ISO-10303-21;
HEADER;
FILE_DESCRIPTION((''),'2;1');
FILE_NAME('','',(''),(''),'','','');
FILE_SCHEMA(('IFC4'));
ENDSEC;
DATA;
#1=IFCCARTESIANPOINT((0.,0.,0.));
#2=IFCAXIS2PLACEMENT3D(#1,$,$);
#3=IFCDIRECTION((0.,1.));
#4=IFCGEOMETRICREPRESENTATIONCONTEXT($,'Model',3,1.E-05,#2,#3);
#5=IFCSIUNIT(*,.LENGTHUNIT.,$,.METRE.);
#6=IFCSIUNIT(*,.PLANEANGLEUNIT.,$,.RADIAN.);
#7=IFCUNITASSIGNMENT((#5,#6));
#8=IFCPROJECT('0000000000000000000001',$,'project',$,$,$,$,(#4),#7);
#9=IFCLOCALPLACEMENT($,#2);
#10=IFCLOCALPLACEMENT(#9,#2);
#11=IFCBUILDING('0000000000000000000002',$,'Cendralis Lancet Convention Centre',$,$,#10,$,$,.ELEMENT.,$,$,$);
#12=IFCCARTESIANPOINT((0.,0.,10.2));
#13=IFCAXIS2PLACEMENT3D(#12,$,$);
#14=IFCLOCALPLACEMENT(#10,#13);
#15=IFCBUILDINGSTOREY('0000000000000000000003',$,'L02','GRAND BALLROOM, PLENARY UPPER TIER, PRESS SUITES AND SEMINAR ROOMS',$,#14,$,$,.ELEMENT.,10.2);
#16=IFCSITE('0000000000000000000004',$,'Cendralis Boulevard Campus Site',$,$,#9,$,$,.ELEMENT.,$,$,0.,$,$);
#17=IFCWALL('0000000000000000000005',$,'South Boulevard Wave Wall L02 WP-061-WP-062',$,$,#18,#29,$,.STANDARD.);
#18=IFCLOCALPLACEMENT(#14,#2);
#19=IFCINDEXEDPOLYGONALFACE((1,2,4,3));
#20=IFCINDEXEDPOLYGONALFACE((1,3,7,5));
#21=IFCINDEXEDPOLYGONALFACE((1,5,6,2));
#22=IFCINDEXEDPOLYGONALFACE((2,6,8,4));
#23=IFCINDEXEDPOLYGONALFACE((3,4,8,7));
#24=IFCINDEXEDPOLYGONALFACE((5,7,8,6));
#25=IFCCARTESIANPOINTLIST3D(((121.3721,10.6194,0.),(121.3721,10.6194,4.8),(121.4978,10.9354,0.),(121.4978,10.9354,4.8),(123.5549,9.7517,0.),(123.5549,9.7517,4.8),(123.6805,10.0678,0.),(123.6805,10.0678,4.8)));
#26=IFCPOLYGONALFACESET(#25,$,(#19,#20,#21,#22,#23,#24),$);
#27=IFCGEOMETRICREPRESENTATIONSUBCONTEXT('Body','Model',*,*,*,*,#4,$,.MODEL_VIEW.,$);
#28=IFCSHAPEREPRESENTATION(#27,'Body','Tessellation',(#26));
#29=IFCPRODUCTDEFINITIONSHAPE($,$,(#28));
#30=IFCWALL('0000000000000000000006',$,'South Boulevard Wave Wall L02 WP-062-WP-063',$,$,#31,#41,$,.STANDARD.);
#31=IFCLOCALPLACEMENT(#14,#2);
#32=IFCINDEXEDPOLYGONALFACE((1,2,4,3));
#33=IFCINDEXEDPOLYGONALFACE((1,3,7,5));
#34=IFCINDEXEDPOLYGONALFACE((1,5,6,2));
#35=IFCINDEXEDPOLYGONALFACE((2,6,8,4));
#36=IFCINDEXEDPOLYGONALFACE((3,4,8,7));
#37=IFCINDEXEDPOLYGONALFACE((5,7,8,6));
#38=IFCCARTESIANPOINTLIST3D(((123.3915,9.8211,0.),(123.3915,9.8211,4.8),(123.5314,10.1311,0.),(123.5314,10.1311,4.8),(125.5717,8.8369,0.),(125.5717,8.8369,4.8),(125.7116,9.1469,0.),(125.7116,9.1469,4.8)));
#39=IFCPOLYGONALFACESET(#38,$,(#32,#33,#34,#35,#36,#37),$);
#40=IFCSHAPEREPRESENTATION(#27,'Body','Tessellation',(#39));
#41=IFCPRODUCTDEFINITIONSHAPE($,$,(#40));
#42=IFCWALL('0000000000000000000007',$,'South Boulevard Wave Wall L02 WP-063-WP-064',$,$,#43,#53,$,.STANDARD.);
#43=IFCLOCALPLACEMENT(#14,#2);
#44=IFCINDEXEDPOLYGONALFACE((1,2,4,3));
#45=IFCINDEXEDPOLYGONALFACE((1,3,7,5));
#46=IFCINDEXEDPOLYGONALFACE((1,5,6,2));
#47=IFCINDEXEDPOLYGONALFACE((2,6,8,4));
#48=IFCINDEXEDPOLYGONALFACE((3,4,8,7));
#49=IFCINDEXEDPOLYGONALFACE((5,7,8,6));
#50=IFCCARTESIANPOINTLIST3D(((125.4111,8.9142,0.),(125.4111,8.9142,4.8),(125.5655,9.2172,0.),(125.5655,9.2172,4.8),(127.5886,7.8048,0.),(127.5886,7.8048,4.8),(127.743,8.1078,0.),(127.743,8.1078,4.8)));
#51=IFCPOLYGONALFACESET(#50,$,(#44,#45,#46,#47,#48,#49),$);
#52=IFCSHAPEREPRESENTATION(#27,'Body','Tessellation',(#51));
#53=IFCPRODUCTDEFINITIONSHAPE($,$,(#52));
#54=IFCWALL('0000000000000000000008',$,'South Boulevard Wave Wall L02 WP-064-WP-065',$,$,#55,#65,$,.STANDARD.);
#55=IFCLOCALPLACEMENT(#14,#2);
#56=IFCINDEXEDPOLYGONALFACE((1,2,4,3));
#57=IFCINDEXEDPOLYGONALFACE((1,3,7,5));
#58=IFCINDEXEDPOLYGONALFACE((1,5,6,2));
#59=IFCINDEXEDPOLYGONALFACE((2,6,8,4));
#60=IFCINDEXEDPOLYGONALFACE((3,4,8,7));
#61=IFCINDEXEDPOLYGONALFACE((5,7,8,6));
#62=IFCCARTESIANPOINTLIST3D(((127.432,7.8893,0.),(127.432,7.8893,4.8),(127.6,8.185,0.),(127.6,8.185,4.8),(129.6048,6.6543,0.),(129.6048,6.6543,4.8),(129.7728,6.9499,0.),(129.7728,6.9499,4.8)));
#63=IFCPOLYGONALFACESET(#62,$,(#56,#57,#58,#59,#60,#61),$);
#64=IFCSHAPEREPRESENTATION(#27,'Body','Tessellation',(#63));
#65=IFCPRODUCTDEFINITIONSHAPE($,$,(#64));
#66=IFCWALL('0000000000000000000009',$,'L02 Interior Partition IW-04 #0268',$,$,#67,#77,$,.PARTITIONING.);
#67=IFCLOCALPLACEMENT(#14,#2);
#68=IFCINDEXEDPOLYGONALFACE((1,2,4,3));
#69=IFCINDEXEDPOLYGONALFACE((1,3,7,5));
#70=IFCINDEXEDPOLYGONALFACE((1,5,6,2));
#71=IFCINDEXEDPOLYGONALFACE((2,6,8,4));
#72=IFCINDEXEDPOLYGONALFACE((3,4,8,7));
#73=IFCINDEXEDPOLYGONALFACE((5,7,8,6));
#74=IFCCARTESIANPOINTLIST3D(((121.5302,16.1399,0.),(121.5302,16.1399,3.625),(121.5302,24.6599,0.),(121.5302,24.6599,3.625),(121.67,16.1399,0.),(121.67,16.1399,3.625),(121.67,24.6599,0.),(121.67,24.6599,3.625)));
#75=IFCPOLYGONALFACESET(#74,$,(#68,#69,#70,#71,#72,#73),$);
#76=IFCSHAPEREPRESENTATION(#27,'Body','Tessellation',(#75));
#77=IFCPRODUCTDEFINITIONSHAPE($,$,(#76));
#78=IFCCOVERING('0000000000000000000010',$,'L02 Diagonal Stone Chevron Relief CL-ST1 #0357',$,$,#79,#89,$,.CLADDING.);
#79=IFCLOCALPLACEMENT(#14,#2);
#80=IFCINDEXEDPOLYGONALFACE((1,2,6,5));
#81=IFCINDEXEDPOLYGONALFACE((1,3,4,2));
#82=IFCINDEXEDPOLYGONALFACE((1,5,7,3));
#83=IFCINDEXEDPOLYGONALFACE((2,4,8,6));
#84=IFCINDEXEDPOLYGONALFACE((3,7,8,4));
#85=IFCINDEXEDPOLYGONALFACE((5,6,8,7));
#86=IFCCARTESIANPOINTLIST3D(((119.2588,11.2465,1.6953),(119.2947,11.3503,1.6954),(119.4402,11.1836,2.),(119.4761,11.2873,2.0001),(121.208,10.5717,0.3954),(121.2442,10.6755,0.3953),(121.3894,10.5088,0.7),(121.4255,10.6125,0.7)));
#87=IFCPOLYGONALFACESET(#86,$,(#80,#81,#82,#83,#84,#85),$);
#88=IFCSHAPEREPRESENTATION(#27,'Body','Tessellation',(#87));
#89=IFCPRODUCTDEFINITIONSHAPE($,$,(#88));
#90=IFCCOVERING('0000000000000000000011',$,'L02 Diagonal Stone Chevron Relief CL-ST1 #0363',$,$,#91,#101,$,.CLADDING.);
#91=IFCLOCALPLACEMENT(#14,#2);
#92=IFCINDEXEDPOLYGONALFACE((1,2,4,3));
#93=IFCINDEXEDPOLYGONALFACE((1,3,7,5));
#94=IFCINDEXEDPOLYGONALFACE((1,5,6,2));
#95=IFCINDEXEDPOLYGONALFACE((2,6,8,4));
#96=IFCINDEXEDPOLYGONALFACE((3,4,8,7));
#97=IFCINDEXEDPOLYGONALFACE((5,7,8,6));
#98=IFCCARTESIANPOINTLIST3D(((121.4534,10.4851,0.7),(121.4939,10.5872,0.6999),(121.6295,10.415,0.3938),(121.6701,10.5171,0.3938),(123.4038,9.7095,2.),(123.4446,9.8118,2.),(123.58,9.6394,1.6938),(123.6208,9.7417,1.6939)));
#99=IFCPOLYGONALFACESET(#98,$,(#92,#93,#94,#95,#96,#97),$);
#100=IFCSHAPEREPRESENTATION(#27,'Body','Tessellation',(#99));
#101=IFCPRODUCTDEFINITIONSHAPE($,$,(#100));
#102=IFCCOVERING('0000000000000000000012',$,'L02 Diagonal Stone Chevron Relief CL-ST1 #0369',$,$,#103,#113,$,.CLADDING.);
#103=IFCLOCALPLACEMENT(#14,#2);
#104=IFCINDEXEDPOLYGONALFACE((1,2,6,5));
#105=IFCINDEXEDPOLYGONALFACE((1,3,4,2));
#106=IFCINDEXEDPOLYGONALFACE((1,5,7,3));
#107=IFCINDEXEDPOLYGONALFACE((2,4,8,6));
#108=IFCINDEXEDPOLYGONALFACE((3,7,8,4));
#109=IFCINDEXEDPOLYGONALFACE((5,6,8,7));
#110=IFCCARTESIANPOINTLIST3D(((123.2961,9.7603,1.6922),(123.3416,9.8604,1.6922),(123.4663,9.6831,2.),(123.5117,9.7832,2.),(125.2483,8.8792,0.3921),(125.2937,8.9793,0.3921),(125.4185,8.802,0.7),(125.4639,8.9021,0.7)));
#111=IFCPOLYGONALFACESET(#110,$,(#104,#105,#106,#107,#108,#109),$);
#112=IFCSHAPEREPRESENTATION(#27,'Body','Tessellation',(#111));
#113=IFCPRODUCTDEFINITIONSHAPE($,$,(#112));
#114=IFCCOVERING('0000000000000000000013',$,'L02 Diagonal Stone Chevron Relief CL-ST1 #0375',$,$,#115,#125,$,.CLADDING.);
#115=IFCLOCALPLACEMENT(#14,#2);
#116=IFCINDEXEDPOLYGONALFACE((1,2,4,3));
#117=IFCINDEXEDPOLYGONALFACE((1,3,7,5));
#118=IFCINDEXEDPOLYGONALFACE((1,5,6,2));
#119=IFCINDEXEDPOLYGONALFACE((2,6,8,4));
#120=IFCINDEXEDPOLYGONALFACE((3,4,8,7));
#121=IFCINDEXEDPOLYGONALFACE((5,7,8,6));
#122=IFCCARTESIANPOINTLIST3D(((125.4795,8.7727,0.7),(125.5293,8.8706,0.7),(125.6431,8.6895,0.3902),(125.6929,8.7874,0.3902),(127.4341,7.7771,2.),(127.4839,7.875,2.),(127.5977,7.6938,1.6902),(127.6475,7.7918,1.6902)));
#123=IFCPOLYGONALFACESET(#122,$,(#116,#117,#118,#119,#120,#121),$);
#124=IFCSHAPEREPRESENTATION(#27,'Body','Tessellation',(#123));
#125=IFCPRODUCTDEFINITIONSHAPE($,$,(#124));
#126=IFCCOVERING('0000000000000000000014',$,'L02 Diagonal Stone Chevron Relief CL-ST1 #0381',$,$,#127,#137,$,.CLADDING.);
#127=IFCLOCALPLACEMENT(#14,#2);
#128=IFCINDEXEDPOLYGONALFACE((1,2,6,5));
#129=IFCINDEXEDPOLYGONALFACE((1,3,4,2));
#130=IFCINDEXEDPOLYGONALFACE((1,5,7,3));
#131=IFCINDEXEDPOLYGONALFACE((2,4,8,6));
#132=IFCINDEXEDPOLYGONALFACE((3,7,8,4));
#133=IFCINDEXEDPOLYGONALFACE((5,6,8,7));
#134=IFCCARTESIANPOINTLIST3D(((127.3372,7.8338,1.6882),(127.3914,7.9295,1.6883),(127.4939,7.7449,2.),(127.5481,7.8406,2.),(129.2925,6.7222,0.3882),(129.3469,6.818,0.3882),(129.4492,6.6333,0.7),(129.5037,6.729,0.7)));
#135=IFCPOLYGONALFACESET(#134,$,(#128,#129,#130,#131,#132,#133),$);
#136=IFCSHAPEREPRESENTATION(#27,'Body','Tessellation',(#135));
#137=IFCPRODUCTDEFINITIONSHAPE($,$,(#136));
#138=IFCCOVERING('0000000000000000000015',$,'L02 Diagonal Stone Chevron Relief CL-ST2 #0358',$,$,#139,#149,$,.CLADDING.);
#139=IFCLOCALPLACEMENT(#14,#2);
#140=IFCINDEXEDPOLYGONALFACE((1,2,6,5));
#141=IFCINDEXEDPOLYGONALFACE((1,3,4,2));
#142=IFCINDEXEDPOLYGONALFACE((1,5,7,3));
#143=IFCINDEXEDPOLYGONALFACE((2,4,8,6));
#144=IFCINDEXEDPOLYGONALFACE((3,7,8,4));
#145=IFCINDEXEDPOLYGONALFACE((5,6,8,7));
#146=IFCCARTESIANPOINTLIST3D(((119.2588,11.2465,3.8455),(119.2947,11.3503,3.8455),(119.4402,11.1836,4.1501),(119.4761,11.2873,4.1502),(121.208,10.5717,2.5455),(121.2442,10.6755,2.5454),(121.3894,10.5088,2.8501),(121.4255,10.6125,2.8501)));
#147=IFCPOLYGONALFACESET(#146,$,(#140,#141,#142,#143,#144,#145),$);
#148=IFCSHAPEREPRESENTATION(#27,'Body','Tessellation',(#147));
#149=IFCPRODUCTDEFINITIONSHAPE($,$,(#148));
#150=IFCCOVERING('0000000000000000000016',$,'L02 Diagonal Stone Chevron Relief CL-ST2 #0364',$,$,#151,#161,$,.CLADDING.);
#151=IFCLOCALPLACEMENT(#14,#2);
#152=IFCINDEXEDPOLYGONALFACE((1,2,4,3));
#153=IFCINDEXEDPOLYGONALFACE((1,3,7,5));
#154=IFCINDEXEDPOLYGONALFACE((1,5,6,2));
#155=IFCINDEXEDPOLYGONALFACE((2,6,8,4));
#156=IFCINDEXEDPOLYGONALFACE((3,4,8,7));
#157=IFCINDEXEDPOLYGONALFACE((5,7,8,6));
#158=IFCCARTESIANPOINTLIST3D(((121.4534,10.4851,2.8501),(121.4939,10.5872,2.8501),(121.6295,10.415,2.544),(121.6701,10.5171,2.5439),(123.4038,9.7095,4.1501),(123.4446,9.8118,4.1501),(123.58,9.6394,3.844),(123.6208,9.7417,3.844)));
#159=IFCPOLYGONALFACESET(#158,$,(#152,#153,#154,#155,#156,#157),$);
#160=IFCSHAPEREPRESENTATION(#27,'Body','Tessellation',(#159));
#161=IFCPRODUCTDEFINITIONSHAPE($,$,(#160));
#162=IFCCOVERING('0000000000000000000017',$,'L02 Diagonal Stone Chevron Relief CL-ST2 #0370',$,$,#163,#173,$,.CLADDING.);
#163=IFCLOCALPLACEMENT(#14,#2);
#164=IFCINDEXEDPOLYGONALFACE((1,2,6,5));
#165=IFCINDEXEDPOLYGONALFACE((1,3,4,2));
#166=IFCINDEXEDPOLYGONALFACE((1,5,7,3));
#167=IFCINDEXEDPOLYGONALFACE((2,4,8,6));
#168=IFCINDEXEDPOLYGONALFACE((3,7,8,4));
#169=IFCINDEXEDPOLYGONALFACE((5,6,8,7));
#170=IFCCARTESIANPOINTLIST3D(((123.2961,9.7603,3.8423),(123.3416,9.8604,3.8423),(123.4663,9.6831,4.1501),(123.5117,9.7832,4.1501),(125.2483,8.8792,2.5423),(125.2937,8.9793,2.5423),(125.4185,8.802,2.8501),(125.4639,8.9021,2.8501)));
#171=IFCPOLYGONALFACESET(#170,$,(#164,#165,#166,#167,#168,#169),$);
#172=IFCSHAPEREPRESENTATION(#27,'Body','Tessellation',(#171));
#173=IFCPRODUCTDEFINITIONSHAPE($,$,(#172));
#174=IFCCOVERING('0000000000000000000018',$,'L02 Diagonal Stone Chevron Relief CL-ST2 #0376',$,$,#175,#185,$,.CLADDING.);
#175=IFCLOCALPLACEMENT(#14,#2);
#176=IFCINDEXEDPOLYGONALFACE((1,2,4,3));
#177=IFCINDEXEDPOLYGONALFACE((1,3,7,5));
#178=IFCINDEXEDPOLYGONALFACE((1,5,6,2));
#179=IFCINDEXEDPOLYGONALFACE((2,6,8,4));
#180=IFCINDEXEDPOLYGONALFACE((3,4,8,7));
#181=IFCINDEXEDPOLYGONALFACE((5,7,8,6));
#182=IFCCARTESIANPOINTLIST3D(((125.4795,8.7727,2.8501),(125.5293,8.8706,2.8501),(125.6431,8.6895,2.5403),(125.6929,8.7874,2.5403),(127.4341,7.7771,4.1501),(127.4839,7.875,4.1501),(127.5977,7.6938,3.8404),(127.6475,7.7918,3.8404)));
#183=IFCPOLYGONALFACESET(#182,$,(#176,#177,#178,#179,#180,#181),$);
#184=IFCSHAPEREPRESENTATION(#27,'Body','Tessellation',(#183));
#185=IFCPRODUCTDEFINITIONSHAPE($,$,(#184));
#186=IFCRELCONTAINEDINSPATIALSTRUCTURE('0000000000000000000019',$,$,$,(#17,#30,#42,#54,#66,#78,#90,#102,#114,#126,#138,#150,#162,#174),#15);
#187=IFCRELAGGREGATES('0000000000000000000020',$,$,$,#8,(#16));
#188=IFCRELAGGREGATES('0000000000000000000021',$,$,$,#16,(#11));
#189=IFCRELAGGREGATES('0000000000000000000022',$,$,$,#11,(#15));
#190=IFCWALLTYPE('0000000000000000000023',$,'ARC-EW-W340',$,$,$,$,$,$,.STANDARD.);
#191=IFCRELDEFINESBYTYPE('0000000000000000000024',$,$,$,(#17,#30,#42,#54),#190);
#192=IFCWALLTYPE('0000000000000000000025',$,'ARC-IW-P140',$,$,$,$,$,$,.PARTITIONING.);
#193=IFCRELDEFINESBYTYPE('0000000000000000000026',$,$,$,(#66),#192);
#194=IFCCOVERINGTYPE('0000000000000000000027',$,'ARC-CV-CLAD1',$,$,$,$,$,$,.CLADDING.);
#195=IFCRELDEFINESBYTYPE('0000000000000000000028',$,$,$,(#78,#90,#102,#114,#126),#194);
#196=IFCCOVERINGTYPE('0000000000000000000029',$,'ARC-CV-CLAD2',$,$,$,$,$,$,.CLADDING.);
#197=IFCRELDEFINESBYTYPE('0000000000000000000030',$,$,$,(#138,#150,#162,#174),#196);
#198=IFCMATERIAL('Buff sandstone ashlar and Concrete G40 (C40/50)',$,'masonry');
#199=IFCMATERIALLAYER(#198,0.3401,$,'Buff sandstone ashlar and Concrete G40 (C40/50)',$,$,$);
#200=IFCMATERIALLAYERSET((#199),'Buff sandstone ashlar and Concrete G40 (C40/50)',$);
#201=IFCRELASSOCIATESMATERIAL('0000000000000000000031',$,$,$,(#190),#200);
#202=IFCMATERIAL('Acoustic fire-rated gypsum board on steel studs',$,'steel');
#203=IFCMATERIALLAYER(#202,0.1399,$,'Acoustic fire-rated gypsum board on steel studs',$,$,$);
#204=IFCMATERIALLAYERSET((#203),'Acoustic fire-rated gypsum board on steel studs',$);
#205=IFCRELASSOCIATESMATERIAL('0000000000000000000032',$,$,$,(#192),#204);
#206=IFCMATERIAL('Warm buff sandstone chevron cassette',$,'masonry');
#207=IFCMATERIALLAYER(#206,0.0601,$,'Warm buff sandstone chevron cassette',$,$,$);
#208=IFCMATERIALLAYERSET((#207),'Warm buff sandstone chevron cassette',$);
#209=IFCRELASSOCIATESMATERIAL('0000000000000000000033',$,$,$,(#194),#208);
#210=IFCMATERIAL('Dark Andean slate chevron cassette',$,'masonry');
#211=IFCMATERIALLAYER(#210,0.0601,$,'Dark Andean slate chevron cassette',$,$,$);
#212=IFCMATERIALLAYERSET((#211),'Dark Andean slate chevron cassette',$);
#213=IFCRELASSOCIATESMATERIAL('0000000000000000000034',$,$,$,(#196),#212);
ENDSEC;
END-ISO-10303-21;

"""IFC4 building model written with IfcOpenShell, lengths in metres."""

from ifc_helpers import new_model, si_unit, direction, frame, frame_2d, origin, place, context, subcontext, project, spatial, polyline, rectangle, outline, extrude, material, layer, layer_set, type_object, element, save


model = new_model("IFC4")

# Units and contexts
model_context = context("Model", 3, precision=1e-05, world=origin(), true_north=direction((0.0, 1.0)))
body_context = subcontext(model_context, "Body", "Model", "MODEL_VIEW")
ifc_project = project(units=[si_unit("LENGTHUNIT", "METRE"), si_unit("PLANEANGLEUNIT", "RADIAN")], contexts=[model_context])

# Site, building, storey
site_placement = place(None, origin())
site = spatial("IfcSite", under=ifc_project, at=site_placement, Name="Cendralis Boulevard Campus Site", CompositionType="ELEMENT", RefElevation=0.0)
building_placement = place(site_placement, origin())
building = spatial("IfcBuilding", under=site, at=building_placement, Name="Cendralis Lancet Convention Centre", CompositionType="ELEMENT")
storey_placement = place(building_placement, frame((0.0, 0.0, 10.2)))
storey = spatial("IfcBuildingStorey", under=building, at=storey_placement, Name="L02", Description="GRAND BALLROOM, PLENARY UPPER TIER, PRESS SUITES AND SEMINAR ROOMS", CompositionType="ELEMENT", Elevation=10.2)

# Shared definitions
ifc_material_1 = material(Name="Warm buff sandstone chevron cassette", Category="masonry")
ifc_material_2 = material(Name="Dark Andean slate chevron cassette", Category="masonry")

# Walls
ifc_material_3 = material(Name="Buff sandstone ashlar and Concrete G40 (C40/50)", Category="masonry")
ifc_layer_1 = layer(ifc_material_3, 0.3401, Name="Buff sandstone ashlar and Concrete G40 (C40/50)")
ifc_layer_set_1 = layer_set([ifc_layer_1], Name="Buff sandstone ashlar and Concrete G40 (C40/50)")
wall_type_1 = type_object("IfcWallType", Name="ARC-EW-W340", PredefinedType="STANDARD", material=ifc_layer_set_1)
wall_1_placement = place(storey_placement, frame((121.4351, 10.7773, 0.0), z_axis=(0.0, 0.0, 1.0), x_axis=(0.929277, -0.369383, 0.0)))
element("IfcWall", 1, at=wall_1_placement, inside=storey, type_object=wall_type_1, Name="South Boulevard Wave Wall L02 WP-061-WP-062", PredefinedType="STANDARD", context=body_context, shape_type="SweptSolid", body=[
    extrude(rectangle(XDim=2.3489, YDim=0.3401, at=frame_2d((1.1743, 0.0))), origin(), (0.0, 0.0, 1.0), 4.8),
])
wall_2_placement = place(storey_placement, frame((123.4614, 9.9761, 0.0), z_axis=(0.0, 0.0, 1.0), x_axis=(0.911443, -0.411425, 0.0)))
element("IfcWall", 2, at=wall_2_placement, inside=storey, type_object=wall_type_1, Name="South Boulevard Wave Wall L02 WP-062-WP-063", PredefinedType="STANDARD", context=body_context, shape_type="SweptSolid", body=[
    extrude(rectangle(XDim=2.3921, YDim=0.3401, at=frame_2d((1.196, 0.0))), origin(), (0.0, 0.0, 1.0), 4.8),
])
wall_3_placement = place(storey_placement, frame((125.4883, 9.0657, 0.0), z_axis=(0.0, 0.0, 1.0), x_axis=(0.891025, -0.453954, 0.0)))
element("IfcWall", 3, at=wall_3_placement, inside=storey, type_object=wall_type_1, Name="South Boulevard Wave Wall L02 WP-063-WP-064", PredefinedType="STANDARD", context=body_context, shape_type="SweptSolid", body=[
    extrude(rectangle(XDim=2.4438, YDim=0.3401, at=frame_2d((1.2219, 0.0))), origin(), (0.0, 0.0, 1.0), 4.8),
])
wall_4_placement = place(storey_placement, frame((127.5161, 8.0371, 0.0), z_axis=(0.0, 0.0, 1.0), x_axis=(0.869365, -0.494171, 0.0)))
element("IfcWall", 4, at=wall_4_placement, inside=storey, type_object=wall_type_1, Name="South Boulevard Wave Wall L02 WP-064-WP-065", PredefinedType="STANDARD", context=body_context, shape_type="SweptSolid", body=[
    extrude(rectangle(XDim=2.4993, YDim=0.3401, at=frame_2d((1.2495, 0.0))), origin(), (0.0, 0.0, 1.0), 4.8),
])
ifc_material_4 = material(Name="Acoustic fire-rated gypsum board on steel studs", Category="steel")
ifc_layer_2 = layer(ifc_material_4, 0.1399, Name="Acoustic fire-rated gypsum board on steel studs")
ifc_layer_set_2 = layer_set([ifc_layer_2], Name="Acoustic fire-rated gypsum board on steel studs")
wall_type_2 = type_object("IfcWallType", Name="ARC-IW-P140", PredefinedType="PARTITIONING", material=ifc_layer_set_2)
wall_5_placement = place(storey_placement, frame((121.6001, 16.1399, 0.0), z_axis=(0.0, 0.0, 1.0), x_axis=(0.0, 1.0, 0.0)))
element("IfcWall", 5, at=wall_5_placement, inside=storey, type_object=wall_type_2, Name="L02 Interior Partition IW-04 #0268", PredefinedType="PARTITIONING", context=body_context, shape_type="SweptSolid", body=[
    extrude(rectangle(XDim=8.52, YDim=0.1399, at=frame_2d((4.26, 0.0))), origin(), (0.0, 0.0, 1.0), 3.625),
])

# Coverings
ifc_layer_3 = layer(ifc_material_1, 0.0601, Name="Warm buff sandstone chevron cassette")
ifc_layer_set_3 = layer_set([ifc_layer_3], Name="Warm buff sandstone chevron cassette")
covering_type_1 = type_object("IfcCoveringType", Name="ARC-CV-CLAD1", PredefinedType="CLADDING", material=ifc_layer_set_3)
covering_1_placement = place(storey_placement, frame((119.4402, 11.1836, 2.0), z_axis=(0.5037, -0.174814, 0.846006), x_axis=(0.799454, -0.276765, -0.533173)))
element("IfcCovering", 6, at=covering_1_placement, inside=storey, type_object=covering_type_1, Name="L02 Diagonal Stone Chevron Relief CL-ST1 #0357", PredefinedType="CLADDING", context=body_context, shape_type="SweptSolid", body=[
    extrude(outline(polyline([(0.0, 0.0), (2.4382, 0.0), (2.4384, 0.1099), (0.0, 0.1098), (0.0, 0.0)])), origin(), (0.0, 0.0, -1.0), 0.3601),
])
covering_2_placement = place(storey_placement, frame((121.4534, 10.4851, 0.7), z_axis=(-0.489239, 0.194644, 0.850152), x_axis=(0.789979, -0.314152, 0.526537)))
element("IfcCovering", 7, at=covering_2_placement, inside=storey, type_object=covering_type_1, Name="L02 Diagonal Stone Chevron Relief CL-ST1 #0363", PredefinedType="CLADDING", context=body_context, shape_type="SweptSolid", body=[
    extrude(outline(polyline([(0.0, 0.0), (2.469, 0.0), (2.4691, 0.1101), (0.0, 0.1098), (0.0, 0.0)])), origin(), (0.0, 0.0, -1.0), 0.3601),
])
covering_3_placement = place(storey_placement, frame((123.4663, 9.6831, 2.0), z_axis=(0.472534, -0.214369, 0.854843), x_axis=(0.779156, -0.351673, -0.518885)))
element("IfcCovering", 8, at=covering_3_placement, inside=storey, type_object=covering_type_1, Name="L02 Diagonal Stone Chevron Relief CL-ST1 #0369", PredefinedType="CLADDING", context=body_context, shape_type="SweptSolid", body=[
    extrude(outline(polyline([(0.0, 0.0), (2.5055, 0.0), (2.5056, 0.1099), (0.0002, 0.1099), (0.0, 0.0)])), origin(), (0.0, 0.0, -1.0), 0.3601),
])
covering_4_placement = place(storey_placement, frame((125.4795, 8.7727, 0.7), z_axis=(-0.454427, 0.23118, 0.860262), x_axis=(0.766548, -0.390455, 0.509851)))
element("IfcCovering", 9, at=covering_4_placement, inside=storey, type_object=covering_type_1, Name="L02 Diagonal Stone Chevron Relief CL-ST1 #0375", PredefinedType="CLADDING", context=body_context, shape_type="SweptSolid", body=[
    extrude(outline(polyline([(0.0, 0.0), (2.5499, 0.0), (2.5498, 0.1098), (0.0, 0.1098), (0.0, 0.0)])), origin(), (0.0, 0.0, -1.0), 0.3601),
])
covering_5_placement = place(storey_placement, frame((127.4939, 7.7449, 2.0), z_axis=(0.435192, -0.247016, 0.86579), x_axis=(0.752668, -0.427881, -0.500408)))
element("IfcCovering", 10, at=covering_5_placement, inside=storey, type_object=covering_type_1, Name="L02 Diagonal Stone Chevron Relief CL-ST1 #0381", PredefinedType="CLADDING", context=body_context, shape_type="SweptSolid", body=[
    extrude(outline(polyline([(0.0, 0.0), (2.5979, 0.0), (2.5979, 0.1101), (-0.0002, 0.11), (0.0, 0.0)])), origin(), (0.0, 0.0, -1.0), 0.3601),
])
ifc_layer_4 = layer(ifc_material_2, 0.0601, Name="Dark Andean slate chevron cassette")
ifc_layer_set_4 = layer_set([ifc_layer_4], Name="Dark Andean slate chevron cassette")
covering_type_2 = type_object("IfcCoveringType", Name="ARC-CV-CLAD2", PredefinedType="CLADDING", material=ifc_layer_set_4)
covering_6_placement = place(storey_placement, frame((119.4402, 11.1836, 4.1501), z_axis=(0.5037, -0.174814, 0.846006), x_axis=(0.799454, -0.276765, -0.533173)))
element("IfcCovering", 11, at=covering_6_placement, inside=storey, type_object=covering_type_2, Name="L02 Diagonal Stone Chevron Relief CL-ST2 #0358", PredefinedType="CLADDING", context=body_context, shape_type="SweptSolid", body=[
    extrude(outline(polyline([(0.0, 0.0), (2.4382, 0.0), (2.4384, 0.1099), (0.0, 0.1098), (0.0, 0.0)])), origin(), (0.0, 0.0, -1.0), 0.3601),
])
covering_7_placement = place(storey_placement, frame((121.4534, 10.4851, 2.8501), z_axis=(-0.489239, 0.194644, 0.850152), x_axis=(0.789979, -0.314152, 0.526537)))
element("IfcCovering", 12, at=covering_7_placement, inside=storey, type_object=covering_type_2, Name="L02 Diagonal Stone Chevron Relief CL-ST2 #0364", PredefinedType="CLADDING", context=body_context, shape_type="SweptSolid", body=[
    extrude(outline(polyline([(0.0, 0.0), (2.469, 0.0), (2.4691, 0.1101), (0.0, 0.1098), (0.0, 0.0)])), origin(), (0.0, 0.0, -1.0), 0.3601),
])
covering_8_placement = place(storey_placement, frame((123.4663, 9.6831, 4.1501), z_axis=(0.472534, -0.214369, 0.854843), x_axis=(0.779156, -0.351673, -0.518885)))
element("IfcCovering", 13, at=covering_8_placement, inside=storey, type_object=covering_type_2, Name="L02 Diagonal Stone Chevron Relief CL-ST2 #0370", PredefinedType="CLADDING", context=body_context, shape_type="SweptSolid", body=[
    extrude(outline(polyline([(0.0, 0.0), (2.5055, 0.0), (2.5056, 0.1099), (0.0002, 0.1099), (0.0, 0.0)])), origin(), (0.0, 0.0, -1.0), 0.3601),
])
covering_9_placement = place(storey_placement, frame((125.4795, 8.7727, 2.8501), z_axis=(-0.454427, 0.23118, 0.860262), x_axis=(0.766548, -0.390455, 0.509851)))
element("IfcCovering", 14, at=covering_9_placement, inside=storey, type_object=covering_type_2, Name="L02 Diagonal Stone Chevron Relief CL-ST2 #0376", PredefinedType="CLADDING", context=body_context, shape_type="SweptSolid", body=[
    extrude(outline(polyline([(0.0, 0.0), (2.5499, 0.0), (2.5498, 0.1098), (0.0, 0.1098), (0.0, 0.0)])), origin(), (0.0, 0.0, -1.0), 0.3601),
])

save(model, "model.ifc")
